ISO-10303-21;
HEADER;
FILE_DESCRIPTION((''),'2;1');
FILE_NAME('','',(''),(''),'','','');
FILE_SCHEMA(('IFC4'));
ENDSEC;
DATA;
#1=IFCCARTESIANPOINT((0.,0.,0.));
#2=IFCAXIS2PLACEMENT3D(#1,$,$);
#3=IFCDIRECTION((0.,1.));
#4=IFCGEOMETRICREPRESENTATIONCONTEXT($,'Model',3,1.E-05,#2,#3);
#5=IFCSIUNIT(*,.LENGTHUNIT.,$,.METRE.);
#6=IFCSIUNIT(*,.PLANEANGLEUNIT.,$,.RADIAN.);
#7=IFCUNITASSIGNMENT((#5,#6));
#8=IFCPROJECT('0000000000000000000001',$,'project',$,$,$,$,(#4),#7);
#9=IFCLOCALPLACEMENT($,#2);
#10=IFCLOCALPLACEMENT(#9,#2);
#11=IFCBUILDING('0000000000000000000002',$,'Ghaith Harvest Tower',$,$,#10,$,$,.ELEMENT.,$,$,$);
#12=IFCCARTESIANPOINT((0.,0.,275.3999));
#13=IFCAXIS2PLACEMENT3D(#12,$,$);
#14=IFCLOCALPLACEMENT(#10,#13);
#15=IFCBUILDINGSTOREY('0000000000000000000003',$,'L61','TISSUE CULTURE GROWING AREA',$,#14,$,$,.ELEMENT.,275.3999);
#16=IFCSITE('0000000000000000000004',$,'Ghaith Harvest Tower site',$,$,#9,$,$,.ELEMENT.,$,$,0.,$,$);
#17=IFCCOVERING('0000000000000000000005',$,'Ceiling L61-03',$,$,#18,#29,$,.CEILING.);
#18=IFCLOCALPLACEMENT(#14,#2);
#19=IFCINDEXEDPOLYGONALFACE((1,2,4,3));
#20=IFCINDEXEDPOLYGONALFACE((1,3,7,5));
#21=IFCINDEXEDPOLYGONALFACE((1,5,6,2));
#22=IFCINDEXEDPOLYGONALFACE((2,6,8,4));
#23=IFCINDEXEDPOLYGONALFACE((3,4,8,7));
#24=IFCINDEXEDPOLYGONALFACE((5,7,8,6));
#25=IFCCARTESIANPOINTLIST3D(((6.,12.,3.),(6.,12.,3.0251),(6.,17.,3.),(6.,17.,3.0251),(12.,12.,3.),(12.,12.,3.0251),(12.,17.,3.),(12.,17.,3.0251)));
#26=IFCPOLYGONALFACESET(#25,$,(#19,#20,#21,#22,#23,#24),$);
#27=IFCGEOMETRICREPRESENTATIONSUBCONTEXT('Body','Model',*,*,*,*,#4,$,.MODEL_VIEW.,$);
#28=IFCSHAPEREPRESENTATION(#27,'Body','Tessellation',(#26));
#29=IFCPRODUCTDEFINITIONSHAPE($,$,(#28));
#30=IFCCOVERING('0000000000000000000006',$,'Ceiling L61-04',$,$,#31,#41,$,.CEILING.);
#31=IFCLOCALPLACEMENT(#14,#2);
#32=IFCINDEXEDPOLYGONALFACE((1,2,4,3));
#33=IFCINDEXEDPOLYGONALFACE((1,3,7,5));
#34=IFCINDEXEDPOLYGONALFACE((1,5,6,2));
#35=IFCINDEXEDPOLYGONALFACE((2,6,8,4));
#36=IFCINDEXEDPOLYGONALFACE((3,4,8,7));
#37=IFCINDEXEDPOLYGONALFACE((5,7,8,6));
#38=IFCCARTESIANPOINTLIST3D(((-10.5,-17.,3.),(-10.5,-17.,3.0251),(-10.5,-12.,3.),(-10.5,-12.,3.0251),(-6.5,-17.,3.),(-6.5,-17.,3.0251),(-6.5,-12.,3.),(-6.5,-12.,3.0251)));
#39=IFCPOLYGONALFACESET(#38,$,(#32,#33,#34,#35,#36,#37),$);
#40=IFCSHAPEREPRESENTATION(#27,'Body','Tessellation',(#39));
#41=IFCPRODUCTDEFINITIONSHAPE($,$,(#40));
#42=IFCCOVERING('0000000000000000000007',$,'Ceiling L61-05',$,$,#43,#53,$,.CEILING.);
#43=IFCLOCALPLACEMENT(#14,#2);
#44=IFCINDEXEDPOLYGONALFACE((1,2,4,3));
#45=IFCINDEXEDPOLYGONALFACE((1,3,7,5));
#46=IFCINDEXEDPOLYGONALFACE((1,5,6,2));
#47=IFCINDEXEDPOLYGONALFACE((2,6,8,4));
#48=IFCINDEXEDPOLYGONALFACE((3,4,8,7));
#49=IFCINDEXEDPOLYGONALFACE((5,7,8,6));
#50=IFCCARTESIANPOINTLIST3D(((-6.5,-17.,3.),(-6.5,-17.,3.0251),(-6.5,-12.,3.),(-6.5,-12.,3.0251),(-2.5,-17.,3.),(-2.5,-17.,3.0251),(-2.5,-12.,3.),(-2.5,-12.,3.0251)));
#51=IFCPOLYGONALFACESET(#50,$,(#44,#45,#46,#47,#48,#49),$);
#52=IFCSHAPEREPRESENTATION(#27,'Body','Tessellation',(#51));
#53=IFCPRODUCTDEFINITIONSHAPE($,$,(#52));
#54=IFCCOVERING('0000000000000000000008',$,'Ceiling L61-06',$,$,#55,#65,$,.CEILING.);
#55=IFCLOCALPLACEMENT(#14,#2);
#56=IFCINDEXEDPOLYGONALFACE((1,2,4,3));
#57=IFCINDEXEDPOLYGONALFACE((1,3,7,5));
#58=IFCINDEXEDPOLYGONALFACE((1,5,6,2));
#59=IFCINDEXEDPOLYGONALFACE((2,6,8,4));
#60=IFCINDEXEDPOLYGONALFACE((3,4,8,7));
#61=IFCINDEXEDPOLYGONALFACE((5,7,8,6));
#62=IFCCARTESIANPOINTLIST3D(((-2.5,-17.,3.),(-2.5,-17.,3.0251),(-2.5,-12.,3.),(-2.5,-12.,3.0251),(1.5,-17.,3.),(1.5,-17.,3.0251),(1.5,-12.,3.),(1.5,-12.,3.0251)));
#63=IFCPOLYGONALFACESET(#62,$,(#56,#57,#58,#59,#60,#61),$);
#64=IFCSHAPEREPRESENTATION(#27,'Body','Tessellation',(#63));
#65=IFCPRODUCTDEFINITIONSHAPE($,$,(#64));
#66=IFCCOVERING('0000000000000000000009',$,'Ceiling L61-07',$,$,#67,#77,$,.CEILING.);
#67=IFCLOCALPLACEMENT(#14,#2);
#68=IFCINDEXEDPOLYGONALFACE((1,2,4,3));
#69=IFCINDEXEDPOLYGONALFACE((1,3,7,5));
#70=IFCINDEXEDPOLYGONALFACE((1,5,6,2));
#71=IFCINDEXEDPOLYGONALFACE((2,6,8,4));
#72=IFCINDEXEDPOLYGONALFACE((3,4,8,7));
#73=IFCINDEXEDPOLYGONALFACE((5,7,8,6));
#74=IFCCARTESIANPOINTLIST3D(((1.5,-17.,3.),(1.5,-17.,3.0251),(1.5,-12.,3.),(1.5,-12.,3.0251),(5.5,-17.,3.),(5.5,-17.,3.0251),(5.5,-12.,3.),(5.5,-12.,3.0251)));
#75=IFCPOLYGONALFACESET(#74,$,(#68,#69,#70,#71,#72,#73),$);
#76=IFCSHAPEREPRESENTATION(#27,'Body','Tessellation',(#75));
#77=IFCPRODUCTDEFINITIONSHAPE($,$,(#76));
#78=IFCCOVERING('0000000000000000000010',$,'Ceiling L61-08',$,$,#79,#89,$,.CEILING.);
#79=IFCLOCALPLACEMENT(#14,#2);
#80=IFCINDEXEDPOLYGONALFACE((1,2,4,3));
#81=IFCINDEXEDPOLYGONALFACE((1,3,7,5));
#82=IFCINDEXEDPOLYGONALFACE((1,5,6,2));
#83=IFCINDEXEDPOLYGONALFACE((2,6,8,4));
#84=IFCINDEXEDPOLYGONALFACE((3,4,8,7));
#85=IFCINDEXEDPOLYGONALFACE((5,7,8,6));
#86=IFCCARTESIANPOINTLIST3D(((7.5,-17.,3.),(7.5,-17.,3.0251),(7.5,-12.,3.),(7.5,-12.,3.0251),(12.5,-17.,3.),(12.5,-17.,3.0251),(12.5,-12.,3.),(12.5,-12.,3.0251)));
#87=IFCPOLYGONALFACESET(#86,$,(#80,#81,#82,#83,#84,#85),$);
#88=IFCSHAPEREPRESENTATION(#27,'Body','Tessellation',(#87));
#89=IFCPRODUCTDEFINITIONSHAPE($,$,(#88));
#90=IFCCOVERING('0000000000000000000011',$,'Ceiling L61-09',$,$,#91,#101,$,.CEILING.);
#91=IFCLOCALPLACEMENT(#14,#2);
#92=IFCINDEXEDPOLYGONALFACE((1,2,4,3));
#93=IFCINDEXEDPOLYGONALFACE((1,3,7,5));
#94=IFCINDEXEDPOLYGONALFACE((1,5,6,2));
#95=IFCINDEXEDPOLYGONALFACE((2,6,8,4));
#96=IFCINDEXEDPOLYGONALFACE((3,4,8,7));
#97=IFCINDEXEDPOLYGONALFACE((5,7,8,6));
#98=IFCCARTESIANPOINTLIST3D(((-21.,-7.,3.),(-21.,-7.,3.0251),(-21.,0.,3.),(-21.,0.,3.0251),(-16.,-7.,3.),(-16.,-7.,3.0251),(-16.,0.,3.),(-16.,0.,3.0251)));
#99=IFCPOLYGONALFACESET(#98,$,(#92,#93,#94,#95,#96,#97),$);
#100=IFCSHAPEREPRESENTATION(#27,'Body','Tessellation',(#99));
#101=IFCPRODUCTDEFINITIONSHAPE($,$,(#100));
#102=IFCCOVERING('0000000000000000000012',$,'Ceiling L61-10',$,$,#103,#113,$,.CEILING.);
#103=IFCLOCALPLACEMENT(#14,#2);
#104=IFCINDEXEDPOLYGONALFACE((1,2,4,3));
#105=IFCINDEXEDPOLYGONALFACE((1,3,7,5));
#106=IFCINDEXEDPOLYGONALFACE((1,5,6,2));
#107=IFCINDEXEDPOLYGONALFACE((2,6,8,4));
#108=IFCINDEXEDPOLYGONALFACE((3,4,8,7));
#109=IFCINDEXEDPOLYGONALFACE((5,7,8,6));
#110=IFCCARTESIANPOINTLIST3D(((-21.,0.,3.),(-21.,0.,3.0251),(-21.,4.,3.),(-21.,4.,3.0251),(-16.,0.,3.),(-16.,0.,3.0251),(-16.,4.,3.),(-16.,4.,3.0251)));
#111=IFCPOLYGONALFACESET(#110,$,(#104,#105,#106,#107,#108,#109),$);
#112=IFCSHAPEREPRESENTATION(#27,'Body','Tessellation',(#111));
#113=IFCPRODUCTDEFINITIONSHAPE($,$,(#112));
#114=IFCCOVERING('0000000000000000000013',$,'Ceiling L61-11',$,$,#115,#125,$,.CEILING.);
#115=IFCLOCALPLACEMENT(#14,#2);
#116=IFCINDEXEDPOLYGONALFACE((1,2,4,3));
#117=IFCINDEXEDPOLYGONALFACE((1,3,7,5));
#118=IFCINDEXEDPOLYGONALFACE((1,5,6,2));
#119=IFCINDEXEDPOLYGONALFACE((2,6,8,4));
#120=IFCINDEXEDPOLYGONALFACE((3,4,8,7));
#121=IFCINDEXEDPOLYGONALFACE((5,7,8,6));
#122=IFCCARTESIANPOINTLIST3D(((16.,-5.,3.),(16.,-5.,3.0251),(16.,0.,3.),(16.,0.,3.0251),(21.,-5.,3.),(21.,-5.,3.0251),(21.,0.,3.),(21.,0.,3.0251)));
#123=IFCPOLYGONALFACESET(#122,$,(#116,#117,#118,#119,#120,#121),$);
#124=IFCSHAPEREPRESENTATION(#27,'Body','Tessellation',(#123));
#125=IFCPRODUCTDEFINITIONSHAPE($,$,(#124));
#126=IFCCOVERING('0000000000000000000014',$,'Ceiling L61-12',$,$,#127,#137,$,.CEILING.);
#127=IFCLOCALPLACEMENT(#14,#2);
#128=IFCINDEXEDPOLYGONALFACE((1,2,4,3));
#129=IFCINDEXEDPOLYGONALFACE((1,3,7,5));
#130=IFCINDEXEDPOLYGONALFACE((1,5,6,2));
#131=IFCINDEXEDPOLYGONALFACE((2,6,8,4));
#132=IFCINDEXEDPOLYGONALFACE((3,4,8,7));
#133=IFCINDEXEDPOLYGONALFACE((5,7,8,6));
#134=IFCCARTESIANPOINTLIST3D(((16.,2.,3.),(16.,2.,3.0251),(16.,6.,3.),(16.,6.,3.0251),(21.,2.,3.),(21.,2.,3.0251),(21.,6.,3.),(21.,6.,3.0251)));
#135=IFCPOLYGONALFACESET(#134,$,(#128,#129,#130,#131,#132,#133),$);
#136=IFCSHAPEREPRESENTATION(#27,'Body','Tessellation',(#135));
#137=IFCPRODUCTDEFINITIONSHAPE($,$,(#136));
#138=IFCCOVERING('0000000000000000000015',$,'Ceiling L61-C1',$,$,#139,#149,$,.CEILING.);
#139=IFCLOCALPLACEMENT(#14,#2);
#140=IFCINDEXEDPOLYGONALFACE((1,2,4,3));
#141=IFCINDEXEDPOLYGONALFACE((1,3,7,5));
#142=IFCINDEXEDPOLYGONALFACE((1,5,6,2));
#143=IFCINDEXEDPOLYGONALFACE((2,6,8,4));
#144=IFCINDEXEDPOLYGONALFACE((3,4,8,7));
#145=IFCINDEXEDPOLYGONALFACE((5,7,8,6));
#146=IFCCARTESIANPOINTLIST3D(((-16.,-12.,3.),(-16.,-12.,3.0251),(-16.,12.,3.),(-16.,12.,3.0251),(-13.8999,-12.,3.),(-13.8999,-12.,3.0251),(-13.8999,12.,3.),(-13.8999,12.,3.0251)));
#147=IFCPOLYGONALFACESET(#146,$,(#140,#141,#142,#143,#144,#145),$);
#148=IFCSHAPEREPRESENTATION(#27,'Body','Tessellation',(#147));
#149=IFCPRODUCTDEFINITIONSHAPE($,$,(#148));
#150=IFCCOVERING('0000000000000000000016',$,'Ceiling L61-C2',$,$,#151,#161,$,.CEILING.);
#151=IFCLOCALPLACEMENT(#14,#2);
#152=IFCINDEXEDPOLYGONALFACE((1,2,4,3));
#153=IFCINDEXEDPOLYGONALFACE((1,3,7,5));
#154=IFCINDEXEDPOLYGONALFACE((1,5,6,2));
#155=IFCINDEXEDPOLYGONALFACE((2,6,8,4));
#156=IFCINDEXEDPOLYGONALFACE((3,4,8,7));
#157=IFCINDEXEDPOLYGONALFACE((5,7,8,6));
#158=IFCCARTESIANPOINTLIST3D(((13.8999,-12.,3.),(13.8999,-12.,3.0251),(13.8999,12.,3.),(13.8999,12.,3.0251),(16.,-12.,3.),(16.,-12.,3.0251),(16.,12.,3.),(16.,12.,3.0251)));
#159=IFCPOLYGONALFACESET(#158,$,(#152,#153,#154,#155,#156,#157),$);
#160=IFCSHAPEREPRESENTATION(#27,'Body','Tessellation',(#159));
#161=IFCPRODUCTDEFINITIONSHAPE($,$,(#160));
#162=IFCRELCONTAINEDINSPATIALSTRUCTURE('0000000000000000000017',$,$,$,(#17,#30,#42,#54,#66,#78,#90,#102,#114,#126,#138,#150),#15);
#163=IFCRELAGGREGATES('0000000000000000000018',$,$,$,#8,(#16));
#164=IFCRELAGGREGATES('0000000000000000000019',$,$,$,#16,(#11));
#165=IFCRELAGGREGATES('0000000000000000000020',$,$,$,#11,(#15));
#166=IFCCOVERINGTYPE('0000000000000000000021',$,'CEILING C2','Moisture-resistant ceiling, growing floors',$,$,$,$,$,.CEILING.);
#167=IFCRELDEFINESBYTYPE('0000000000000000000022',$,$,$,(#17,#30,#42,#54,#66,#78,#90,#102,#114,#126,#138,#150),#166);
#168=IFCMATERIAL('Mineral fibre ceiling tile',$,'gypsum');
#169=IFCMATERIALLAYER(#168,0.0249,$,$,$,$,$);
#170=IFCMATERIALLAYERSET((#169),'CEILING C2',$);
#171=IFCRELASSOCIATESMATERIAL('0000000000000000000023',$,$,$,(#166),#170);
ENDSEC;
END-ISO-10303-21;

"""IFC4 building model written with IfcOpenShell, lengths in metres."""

from ifc_helpers import new_model, si_unit, direction, frame, origin, place, context, subcontext, project, spatial, polyline, outline, extrude, material, layer, layer_set, type_object, element, save


model = new_model("IFC4")

# Units and contexts
model_context = context("Model", 3, precision=1e-05, world=origin(), true_north=direction((0.0, 1.0)))
body_context = subcontext(model_context, "Body", "Model", "MODEL_VIEW")
ifc_project = project(units=[si_unit("LENGTHUNIT", "METRE"), si_unit("PLANEANGLEUNIT", "RADIAN")], contexts=[model_context])

# Site, building, storey
site_placement = place(None, origin())
site = spatial("IfcSite", under=ifc_project, at=site_placement, Name="Ghaith Harvest Tower site", CompositionType="ELEMENT", RefElevation=0.0)
building_placement = place(site_placement, origin())
building = spatial("IfcBuilding", under=site, at=building_placement, Name="Ghaith Harvest Tower", CompositionType="ELEMENT")
storey_placement = place(building_placement, frame((0.0, 0.0, 275.3999)))
storey = spatial("IfcBuildingStorey", under=building, at=storey_placement, Name="L61", Description="TISSUE CULTURE GROWING AREA", CompositionType="ELEMENT", Elevation=275.3999)

# Coverings
ifc_material_1 = material(Name="Mineral fibre ceiling tile", Category="gypsum")
ifc_layer_1 = layer(ifc_material_1, 0.0249)
ifc_layer_set_1 = layer_set([ifc_layer_1], Name="CEILING C2")
covering_type = type_object("IfcCoveringType", Name="CEILING C2", Description="Moisture-resistant ceiling, growing floors", PredefinedType="CEILING", material=ifc_layer_set_1)
covering_1_placement = place(storey_placement, frame((0.0, 0.0, 3.0)))
element("IfcCovering", 1, at=covering_1_placement, inside=storey, type_object=covering_type, Name="Ceiling L61-03", PredefinedType="CEILING", context=body_context, shape_type="SweptSolid", body=[
    extrude(outline(polyline([(6.0, 12.0), (12.0, 12.0), (12.0, 17.0), (6.0, 17.0), (6.0, 12.0)])), origin(), (0.0, 0.0, 1.0), 0.0251),
])
covering_2_placement = place(storey_placement, frame((0.0, 0.0, 3.0)))
element("IfcCovering", 2, at=covering_2_placement, inside=storey, type_object=covering_type, Name="Ceiling L61-04", PredefinedType="CEILING", context=body_context, shape_type="SweptSolid", body=[
    extrude(outline(polyline([(-10.5, -17.0), (-6.5, -17.0), (-6.5, -12.0), (-10.5, -12.0), (-10.5, -17.0)])), origin(), (0.0, 0.0, 1.0), 0.0251),
])
covering_3_placement = place(storey_placement, frame((0.0, 0.0, 3.0)))
element("IfcCovering", 3, at=covering_3_placement, inside=storey, type_object=covering_type, Name="Ceiling L61-05", PredefinedType="CEILING", context=body_context, shape_type="SweptSolid", body=[
    extrude(outline(polyline([(-6.5, -17.0), (-2.5, -17.0), (-2.5, -12.0), (-6.5, -12.0), (-6.5, -17.0)])), origin(), (0.0, 0.0, 1.0), 0.0251),
])
covering_4_placement = place(storey_placement, frame((0.0, 0.0, 3.0)))
element("IfcCovering", 4, at=covering_4_placement, inside=storey, type_object=covering_type, Name="Ceiling L61-06", PredefinedType="CEILING", context=body_context, shape_type="SweptSolid", body=[
    extrude(outline(polyline([(-2.5, -17.0), (1.5, -17.0), (1.5, -12.0), (-2.5, -12.0), (-2.5, -17.0)])), origin(), (0.0, 0.0, 1.0), 0.0251),
])
covering_5_placement = place(storey_placement, frame((0.0, 0.0, 3.0)))
element("IfcCovering", 5, at=covering_5_placement, inside=storey, type_object=covering_type, Name="Ceiling L61-07", PredefinedType="CEILING", context=body_context, shape_type="SweptSolid", body=[
    extrude(outline(polyline([(1.5, -17.0), (5.5, -17.0), (5.5, -12.0), (1.5, -12.0), (1.5, -17.0)])), origin(), (0.0, 0.0, 1.0), 0.0251),
])
covering_6_placement = place(storey_placement, frame((0.0, 0.0, 3.0)))
element("IfcCovering", 6, at=covering_6_placement, inside=storey, type_object=covering_type, Name="Ceiling L61-08", PredefinedType="CEILING", context=body_context, shape_type="SweptSolid", body=[
    extrude(outline(polyline([(7.5, -17.0), (12.5, -17.0), (12.5, -12.0), (7.5, -12.0), (7.5, -17.0)])), origin(), (0.0, 0.0, 1.0), 0.0251),
])
covering_7_placement = place(storey_placement, frame((0.0, 0.0, 3.0)))
element("IfcCovering", 7, at=covering_7_placement, inside=storey, type_object=covering_type, Name="Ceiling L61-09", PredefinedType="CEILING", context=body_context, shape_type="SweptSolid", body=[
    extrude(outline(polyline([(-21.0, -7.0), (-16.0, -7.0), (-16.0, 0.0), (-21.0, 0.0), (-21.0, -7.0)])), origin(), (0.0, 0.0, 1.0), 0.0251),
])
covering_8_placement = place(storey_placement, frame((0.0, 0.0, 3.0)))
element("IfcCovering", 8, at=covering_8_placement, inside=storey, type_object=covering_type, Name="Ceiling L61-10", PredefinedType="CEILING", context=body_context, shape_type="SweptSolid", body=[
    extrude(outline(polyline([(-21.0, 0.0), (-16.0, 0.0), (-16.0, 4.0), (-21.0, 4.0), (-21.0, 0.0)])), origin(), (0.0, 0.0, 1.0), 0.0251),
])
covering_9_placement = place(storey_placement, frame((0.0, 0.0, 3.0)))
element("IfcCovering", 9, at=covering_9_placement, inside=storey, type_object=covering_type, Name="Ceiling L61-11", PredefinedType="CEILING", context=body_context, shape_type="SweptSolid", body=[
    extrude(outline(polyline([(16.0, -5.0), (21.0, -5.0), (21.0, 0.0), (16.0, 0.0), (16.0, -5.0)])), origin(), (0.0, 0.0, 1.0), 0.0251),
])
covering_10_placement = place(storey_placement, frame((0.0, 0.0, 3.0)))
element("IfcCovering", 10, at=covering_10_placement, inside=storey, type_object=covering_type, Name="Ceiling L61-12", PredefinedType="CEILING", context=body_context, shape_type="SweptSolid", body=[
    extrude(outline(polyline([(16.0, 2.0), (21.0, 2.0), (21.0, 6.0), (16.0, 6.0), (16.0, 2.0)])), origin(), (0.0, 0.0, 1.0), 0.0251),
])
covering_11_placement = place(storey_placement, frame((0.0, 0.0, 3.0)))
element("IfcCovering", 11, at=covering_11_placement, inside=storey, type_object=covering_type, Name="Ceiling L61-C1", PredefinedType="CEILING", context=body_context, shape_type="SweptSolid", body=[
    extrude(outline(polyline([(-13.8999, 12.0), (-13.8999, -12.0), (-16.0, -12.0), (-16.0, 12.0), (-13.8999, 12.0)])), origin(), (0.0, 0.0, 1.0), 0.0251),
])
covering_12_placement = place(storey_placement, frame((0.0, 0.0, 3.0)))
element("IfcCovering", 12, at=covering_12_placement, inside=storey, type_object=covering_type, Name="Ceiling L61-C2", PredefinedType="CEILING", context=body_context, shape_type="SweptSolid", body=[
    extrude(outline(polyline([(13.8999, -12.0), (13.8999, 12.0), (16.0, 12.0), (16.0, -12.0), (13.8999, -12.0)])), origin(), (0.0, 0.0, 1.0), 0.0251),
])

save(model, "model.ifc")
